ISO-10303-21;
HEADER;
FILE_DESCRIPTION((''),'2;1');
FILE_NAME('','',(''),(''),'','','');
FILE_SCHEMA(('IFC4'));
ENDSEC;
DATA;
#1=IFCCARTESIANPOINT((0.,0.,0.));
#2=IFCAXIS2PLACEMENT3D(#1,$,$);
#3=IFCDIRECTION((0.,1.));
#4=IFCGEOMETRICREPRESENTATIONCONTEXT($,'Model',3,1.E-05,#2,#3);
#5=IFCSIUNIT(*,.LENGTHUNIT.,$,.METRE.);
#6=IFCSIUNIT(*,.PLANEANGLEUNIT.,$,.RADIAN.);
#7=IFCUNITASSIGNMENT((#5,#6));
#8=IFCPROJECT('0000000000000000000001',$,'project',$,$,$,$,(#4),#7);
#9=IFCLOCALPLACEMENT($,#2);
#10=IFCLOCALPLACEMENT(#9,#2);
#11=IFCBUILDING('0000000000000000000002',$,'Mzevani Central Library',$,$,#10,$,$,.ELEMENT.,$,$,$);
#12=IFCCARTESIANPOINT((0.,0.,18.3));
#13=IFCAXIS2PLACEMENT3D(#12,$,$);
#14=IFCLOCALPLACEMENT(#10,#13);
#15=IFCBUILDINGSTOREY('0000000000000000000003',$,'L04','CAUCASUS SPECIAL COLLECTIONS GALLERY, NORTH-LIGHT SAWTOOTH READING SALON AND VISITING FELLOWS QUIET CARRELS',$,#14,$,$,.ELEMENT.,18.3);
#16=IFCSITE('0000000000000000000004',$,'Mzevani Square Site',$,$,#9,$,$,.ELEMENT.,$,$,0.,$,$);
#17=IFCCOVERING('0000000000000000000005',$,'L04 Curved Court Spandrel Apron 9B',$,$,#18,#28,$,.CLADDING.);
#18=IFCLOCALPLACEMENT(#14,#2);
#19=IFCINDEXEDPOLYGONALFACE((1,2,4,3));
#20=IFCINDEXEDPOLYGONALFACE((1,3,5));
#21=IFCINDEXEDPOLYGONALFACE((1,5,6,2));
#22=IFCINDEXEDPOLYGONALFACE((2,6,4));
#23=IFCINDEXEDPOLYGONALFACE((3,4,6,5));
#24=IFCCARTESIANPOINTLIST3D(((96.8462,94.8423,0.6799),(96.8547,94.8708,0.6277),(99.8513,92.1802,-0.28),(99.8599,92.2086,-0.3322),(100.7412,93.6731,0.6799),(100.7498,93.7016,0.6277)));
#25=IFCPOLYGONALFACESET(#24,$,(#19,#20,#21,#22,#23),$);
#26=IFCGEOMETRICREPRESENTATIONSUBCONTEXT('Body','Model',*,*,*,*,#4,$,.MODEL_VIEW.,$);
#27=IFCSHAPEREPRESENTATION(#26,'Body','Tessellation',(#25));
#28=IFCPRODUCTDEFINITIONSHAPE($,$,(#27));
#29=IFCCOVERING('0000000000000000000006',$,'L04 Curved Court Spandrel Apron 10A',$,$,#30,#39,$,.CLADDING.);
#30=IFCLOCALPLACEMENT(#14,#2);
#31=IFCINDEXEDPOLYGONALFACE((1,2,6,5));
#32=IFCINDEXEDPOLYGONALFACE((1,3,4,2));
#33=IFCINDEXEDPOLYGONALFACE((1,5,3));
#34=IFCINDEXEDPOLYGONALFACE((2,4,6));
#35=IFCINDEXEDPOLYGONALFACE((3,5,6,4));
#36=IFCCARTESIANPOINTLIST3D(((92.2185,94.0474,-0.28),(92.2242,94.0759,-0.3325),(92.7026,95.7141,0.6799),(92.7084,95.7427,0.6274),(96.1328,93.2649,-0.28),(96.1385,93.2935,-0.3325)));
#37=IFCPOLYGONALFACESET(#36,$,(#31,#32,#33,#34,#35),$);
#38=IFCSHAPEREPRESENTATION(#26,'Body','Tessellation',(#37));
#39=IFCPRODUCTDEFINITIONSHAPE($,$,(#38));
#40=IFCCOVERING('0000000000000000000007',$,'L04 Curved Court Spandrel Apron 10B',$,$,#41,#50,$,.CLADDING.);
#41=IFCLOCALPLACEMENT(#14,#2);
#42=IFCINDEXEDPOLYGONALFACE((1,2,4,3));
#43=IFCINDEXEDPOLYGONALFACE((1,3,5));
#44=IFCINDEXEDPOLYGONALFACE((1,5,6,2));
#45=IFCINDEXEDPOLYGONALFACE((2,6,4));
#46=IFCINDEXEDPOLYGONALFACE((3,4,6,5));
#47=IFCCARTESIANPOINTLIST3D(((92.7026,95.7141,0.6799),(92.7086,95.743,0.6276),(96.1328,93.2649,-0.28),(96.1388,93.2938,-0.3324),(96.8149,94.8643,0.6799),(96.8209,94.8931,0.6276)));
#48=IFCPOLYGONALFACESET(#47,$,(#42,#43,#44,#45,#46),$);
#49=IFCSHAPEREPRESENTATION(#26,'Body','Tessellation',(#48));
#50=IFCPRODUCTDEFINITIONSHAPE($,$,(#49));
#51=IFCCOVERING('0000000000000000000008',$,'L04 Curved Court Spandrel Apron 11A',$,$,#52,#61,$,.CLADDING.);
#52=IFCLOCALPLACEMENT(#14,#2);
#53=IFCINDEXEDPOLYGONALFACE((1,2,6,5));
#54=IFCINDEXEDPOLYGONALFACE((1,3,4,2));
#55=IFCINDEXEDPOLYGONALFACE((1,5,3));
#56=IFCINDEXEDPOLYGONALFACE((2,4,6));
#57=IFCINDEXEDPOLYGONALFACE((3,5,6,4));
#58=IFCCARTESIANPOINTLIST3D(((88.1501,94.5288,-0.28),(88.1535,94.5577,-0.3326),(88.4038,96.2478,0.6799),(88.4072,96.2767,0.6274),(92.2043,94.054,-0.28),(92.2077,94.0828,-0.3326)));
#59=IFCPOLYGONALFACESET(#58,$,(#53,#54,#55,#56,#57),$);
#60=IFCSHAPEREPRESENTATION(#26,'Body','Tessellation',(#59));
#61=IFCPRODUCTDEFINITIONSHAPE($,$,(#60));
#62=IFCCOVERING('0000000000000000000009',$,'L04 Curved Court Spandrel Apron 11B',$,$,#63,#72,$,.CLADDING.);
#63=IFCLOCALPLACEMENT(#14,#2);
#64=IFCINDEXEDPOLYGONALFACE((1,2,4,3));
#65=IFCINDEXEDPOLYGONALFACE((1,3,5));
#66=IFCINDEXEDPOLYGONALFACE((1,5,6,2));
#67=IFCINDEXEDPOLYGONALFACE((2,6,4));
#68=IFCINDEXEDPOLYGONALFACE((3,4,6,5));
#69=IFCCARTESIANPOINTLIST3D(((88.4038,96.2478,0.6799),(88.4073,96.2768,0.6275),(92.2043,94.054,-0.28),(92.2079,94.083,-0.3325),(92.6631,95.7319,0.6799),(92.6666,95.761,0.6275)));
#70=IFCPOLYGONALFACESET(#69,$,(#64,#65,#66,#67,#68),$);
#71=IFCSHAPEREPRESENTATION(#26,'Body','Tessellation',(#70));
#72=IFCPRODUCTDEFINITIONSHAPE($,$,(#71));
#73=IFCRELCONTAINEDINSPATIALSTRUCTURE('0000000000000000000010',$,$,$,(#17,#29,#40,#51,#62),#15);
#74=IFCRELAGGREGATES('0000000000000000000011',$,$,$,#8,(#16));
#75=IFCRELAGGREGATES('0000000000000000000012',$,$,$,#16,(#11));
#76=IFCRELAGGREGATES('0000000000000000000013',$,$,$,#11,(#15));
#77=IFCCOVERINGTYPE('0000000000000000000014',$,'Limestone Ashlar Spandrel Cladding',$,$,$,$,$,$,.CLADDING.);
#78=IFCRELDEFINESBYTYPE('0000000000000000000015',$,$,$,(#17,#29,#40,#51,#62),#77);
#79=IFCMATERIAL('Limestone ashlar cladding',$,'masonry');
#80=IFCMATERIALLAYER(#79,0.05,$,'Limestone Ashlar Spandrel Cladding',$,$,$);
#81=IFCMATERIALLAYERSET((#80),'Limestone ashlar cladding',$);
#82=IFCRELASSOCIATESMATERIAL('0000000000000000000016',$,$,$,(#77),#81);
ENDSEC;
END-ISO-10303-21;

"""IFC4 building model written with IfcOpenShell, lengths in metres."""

from ifc_helpers import new_model, si_unit, direction, frame, origin, place, context, subcontext, project, spatial, polyline, outline, extrude, material, layer, layer_set, type_object, element, save


model = new_model("IFC4")

# Units and contexts
model_context = context("Model", 3, precision=1e-05, world=origin(), true_north=direction((0.0, 1.0)))
body_context = subcontext(model_context, "Body", "Model", "MODEL_VIEW")
ifc_project = project(units=[si_unit("LENGTHUNIT", "METRE"), si_unit("PLANEANGLEUNIT", "RADIAN")], contexts=[model_context])

# Site, building, storey
site_placement = place(None, origin())
site = spatial("IfcSite", under=ifc_project, at=site_placement, Name="Mzevani Square Site", CompositionType="ELEMENT", RefElevation=0.0)
building_placement = place(site_placement, origin())
building = spatial("IfcBuilding", under=site, at=building_placement, Name="Mzevani Central Library", CompositionType="ELEMENT")
storey_placement = place(building_placement, frame((0.0, 0.0, 18.3)))
storey = spatial("IfcBuildingStorey", under=building, at=storey_placement, Name="L04", Description="CAUCASUS SPECIAL COLLECTIONS GALLERY, NORTH-LIGHT SAWTOOTH READING SALON AND VISITING FELLOWS QUIET CARRELS", CompositionType="ELEMENT", Elevation=18.3)

# Coverings
ifc_material_1 = material(Name="Limestone ashlar cladding", Category="masonry")
ifc_layer_1 = layer(ifc_material_1, 0.05, Name="Limestone Ashlar Spandrel Cladding")
ifc_layer_set_1 = layer_set([ifc_layer_1], Name="Limestone ashlar cladding")
covering_type = type_object("IfcCoveringType", Name="Limestone Ashlar Spandrel Cladding", PredefinedType="CLADDING", material=ifc_layer_set_1)
covering_1_placement = place(storey_placement, frame((99.8513, 92.1802, -0.28), z_axis=(-0.14227, -0.473957, 0.868979), x_axis=(-0.728013, 0.644914, 0.232557)))
element("IfcCovering", 1, at=covering_1_placement, inside=storey, type_object=covering_type, Name="L04 Curved Court Spandrel Apron 9B", PredefinedType="CLADDING", context=body_context, shape_type="SweptSolid", body=[
    extrude(outline(polyline([(0.0, 0.0), (4.1278, 0.0), (0.5382, -1.9112), (0.0, 0.0)])), origin(), (0.0, 0.0, -1.0), 0.0601),
])
covering_2_placement = place(storey_placement, frame((96.1328, 93.2649, -0.28), z_axis=(-0.095139, -0.47593, 0.874322), x_axis=(-0.980599, 0.196022, 0.0)))
element("IfcCovering", 2, at=covering_2_placement, inside=storey, type_object=covering_type, Name="L04 Curved Court Spandrel Apron 10A", PredefinedType="CLADDING", context=body_context, shape_type="SweptSolid", body=[
    extrude(outline(polyline([(0.0, 0.0), (3.9917, 0.0), (3.8437, -1.9779), (0.0, 0.0)])), origin(), (0.0, 0.0, -1.0), 0.0601),
])
covering_3_placement = place(storey_placement, frame((96.1328, 93.2649, -0.28), z_axis=(-0.099322, -0.480603, 0.871296), x_axis=(-0.793514, 0.566586, 0.222071)))
element("IfcCovering", 3, at=covering_3_placement, inside=storey, type_object=covering_type, Name="L04 Curved Court Spandrel Apron 10B", PredefinedType="CLADDING", context=body_context, shape_type="SweptSolid", body=[
    extrude(outline(polyline([(0.0, 0.0), (4.3228, 0.0), (0.5781, -1.9002), (0.0, 0.0)])), origin(), (0.0, 0.0, -1.0), 0.0601),
])
covering_4_placement = place(storey_placement, frame((92.2043, 94.054, -0.28), z_axis=(-0.056274, -0.480453, 0.875213), x_axis=(-0.99321, 0.116331, 0.0)))
element("IfcCovering", 4, at=covering_4_placement, inside=storey, type_object=covering_type, Name="L04 Curved Court Spandrel Apron 11A", PredefinedType="CLADDING", context=body_context, shape_type="SweptSolid", body=[
    extrude(outline(polyline([(0.0, 0.0), (4.0819, 0.0), (4.0299, -1.9845), (0.0, 0.0)])), origin(), (0.0, 0.0, -1.0), 0.0601),
])
covering_5_placement = place(storey_placement, frame((92.2043, 94.054, -0.28), z_axis=(-0.058573, -0.483609, 0.873322), x_axis=(-0.846057, 0.488384, 0.213702)))
element("IfcCovering", 5, at=covering_5_placement, inside=storey, type_object=covering_type, Name="L04 Curved Court Spandrel Apron 11B", PredefinedType="CLADDING", context=body_context, shape_type="SweptSolid", body=[
    extrude(outline(polyline([(0.0, 0.0), (4.4921, 0.0), (0.6365, -1.8821), (0.0, 0.0)])), origin(), (0.0, 0.0, -1.0), 0.0601),
])

save(model, "model.ifc")
